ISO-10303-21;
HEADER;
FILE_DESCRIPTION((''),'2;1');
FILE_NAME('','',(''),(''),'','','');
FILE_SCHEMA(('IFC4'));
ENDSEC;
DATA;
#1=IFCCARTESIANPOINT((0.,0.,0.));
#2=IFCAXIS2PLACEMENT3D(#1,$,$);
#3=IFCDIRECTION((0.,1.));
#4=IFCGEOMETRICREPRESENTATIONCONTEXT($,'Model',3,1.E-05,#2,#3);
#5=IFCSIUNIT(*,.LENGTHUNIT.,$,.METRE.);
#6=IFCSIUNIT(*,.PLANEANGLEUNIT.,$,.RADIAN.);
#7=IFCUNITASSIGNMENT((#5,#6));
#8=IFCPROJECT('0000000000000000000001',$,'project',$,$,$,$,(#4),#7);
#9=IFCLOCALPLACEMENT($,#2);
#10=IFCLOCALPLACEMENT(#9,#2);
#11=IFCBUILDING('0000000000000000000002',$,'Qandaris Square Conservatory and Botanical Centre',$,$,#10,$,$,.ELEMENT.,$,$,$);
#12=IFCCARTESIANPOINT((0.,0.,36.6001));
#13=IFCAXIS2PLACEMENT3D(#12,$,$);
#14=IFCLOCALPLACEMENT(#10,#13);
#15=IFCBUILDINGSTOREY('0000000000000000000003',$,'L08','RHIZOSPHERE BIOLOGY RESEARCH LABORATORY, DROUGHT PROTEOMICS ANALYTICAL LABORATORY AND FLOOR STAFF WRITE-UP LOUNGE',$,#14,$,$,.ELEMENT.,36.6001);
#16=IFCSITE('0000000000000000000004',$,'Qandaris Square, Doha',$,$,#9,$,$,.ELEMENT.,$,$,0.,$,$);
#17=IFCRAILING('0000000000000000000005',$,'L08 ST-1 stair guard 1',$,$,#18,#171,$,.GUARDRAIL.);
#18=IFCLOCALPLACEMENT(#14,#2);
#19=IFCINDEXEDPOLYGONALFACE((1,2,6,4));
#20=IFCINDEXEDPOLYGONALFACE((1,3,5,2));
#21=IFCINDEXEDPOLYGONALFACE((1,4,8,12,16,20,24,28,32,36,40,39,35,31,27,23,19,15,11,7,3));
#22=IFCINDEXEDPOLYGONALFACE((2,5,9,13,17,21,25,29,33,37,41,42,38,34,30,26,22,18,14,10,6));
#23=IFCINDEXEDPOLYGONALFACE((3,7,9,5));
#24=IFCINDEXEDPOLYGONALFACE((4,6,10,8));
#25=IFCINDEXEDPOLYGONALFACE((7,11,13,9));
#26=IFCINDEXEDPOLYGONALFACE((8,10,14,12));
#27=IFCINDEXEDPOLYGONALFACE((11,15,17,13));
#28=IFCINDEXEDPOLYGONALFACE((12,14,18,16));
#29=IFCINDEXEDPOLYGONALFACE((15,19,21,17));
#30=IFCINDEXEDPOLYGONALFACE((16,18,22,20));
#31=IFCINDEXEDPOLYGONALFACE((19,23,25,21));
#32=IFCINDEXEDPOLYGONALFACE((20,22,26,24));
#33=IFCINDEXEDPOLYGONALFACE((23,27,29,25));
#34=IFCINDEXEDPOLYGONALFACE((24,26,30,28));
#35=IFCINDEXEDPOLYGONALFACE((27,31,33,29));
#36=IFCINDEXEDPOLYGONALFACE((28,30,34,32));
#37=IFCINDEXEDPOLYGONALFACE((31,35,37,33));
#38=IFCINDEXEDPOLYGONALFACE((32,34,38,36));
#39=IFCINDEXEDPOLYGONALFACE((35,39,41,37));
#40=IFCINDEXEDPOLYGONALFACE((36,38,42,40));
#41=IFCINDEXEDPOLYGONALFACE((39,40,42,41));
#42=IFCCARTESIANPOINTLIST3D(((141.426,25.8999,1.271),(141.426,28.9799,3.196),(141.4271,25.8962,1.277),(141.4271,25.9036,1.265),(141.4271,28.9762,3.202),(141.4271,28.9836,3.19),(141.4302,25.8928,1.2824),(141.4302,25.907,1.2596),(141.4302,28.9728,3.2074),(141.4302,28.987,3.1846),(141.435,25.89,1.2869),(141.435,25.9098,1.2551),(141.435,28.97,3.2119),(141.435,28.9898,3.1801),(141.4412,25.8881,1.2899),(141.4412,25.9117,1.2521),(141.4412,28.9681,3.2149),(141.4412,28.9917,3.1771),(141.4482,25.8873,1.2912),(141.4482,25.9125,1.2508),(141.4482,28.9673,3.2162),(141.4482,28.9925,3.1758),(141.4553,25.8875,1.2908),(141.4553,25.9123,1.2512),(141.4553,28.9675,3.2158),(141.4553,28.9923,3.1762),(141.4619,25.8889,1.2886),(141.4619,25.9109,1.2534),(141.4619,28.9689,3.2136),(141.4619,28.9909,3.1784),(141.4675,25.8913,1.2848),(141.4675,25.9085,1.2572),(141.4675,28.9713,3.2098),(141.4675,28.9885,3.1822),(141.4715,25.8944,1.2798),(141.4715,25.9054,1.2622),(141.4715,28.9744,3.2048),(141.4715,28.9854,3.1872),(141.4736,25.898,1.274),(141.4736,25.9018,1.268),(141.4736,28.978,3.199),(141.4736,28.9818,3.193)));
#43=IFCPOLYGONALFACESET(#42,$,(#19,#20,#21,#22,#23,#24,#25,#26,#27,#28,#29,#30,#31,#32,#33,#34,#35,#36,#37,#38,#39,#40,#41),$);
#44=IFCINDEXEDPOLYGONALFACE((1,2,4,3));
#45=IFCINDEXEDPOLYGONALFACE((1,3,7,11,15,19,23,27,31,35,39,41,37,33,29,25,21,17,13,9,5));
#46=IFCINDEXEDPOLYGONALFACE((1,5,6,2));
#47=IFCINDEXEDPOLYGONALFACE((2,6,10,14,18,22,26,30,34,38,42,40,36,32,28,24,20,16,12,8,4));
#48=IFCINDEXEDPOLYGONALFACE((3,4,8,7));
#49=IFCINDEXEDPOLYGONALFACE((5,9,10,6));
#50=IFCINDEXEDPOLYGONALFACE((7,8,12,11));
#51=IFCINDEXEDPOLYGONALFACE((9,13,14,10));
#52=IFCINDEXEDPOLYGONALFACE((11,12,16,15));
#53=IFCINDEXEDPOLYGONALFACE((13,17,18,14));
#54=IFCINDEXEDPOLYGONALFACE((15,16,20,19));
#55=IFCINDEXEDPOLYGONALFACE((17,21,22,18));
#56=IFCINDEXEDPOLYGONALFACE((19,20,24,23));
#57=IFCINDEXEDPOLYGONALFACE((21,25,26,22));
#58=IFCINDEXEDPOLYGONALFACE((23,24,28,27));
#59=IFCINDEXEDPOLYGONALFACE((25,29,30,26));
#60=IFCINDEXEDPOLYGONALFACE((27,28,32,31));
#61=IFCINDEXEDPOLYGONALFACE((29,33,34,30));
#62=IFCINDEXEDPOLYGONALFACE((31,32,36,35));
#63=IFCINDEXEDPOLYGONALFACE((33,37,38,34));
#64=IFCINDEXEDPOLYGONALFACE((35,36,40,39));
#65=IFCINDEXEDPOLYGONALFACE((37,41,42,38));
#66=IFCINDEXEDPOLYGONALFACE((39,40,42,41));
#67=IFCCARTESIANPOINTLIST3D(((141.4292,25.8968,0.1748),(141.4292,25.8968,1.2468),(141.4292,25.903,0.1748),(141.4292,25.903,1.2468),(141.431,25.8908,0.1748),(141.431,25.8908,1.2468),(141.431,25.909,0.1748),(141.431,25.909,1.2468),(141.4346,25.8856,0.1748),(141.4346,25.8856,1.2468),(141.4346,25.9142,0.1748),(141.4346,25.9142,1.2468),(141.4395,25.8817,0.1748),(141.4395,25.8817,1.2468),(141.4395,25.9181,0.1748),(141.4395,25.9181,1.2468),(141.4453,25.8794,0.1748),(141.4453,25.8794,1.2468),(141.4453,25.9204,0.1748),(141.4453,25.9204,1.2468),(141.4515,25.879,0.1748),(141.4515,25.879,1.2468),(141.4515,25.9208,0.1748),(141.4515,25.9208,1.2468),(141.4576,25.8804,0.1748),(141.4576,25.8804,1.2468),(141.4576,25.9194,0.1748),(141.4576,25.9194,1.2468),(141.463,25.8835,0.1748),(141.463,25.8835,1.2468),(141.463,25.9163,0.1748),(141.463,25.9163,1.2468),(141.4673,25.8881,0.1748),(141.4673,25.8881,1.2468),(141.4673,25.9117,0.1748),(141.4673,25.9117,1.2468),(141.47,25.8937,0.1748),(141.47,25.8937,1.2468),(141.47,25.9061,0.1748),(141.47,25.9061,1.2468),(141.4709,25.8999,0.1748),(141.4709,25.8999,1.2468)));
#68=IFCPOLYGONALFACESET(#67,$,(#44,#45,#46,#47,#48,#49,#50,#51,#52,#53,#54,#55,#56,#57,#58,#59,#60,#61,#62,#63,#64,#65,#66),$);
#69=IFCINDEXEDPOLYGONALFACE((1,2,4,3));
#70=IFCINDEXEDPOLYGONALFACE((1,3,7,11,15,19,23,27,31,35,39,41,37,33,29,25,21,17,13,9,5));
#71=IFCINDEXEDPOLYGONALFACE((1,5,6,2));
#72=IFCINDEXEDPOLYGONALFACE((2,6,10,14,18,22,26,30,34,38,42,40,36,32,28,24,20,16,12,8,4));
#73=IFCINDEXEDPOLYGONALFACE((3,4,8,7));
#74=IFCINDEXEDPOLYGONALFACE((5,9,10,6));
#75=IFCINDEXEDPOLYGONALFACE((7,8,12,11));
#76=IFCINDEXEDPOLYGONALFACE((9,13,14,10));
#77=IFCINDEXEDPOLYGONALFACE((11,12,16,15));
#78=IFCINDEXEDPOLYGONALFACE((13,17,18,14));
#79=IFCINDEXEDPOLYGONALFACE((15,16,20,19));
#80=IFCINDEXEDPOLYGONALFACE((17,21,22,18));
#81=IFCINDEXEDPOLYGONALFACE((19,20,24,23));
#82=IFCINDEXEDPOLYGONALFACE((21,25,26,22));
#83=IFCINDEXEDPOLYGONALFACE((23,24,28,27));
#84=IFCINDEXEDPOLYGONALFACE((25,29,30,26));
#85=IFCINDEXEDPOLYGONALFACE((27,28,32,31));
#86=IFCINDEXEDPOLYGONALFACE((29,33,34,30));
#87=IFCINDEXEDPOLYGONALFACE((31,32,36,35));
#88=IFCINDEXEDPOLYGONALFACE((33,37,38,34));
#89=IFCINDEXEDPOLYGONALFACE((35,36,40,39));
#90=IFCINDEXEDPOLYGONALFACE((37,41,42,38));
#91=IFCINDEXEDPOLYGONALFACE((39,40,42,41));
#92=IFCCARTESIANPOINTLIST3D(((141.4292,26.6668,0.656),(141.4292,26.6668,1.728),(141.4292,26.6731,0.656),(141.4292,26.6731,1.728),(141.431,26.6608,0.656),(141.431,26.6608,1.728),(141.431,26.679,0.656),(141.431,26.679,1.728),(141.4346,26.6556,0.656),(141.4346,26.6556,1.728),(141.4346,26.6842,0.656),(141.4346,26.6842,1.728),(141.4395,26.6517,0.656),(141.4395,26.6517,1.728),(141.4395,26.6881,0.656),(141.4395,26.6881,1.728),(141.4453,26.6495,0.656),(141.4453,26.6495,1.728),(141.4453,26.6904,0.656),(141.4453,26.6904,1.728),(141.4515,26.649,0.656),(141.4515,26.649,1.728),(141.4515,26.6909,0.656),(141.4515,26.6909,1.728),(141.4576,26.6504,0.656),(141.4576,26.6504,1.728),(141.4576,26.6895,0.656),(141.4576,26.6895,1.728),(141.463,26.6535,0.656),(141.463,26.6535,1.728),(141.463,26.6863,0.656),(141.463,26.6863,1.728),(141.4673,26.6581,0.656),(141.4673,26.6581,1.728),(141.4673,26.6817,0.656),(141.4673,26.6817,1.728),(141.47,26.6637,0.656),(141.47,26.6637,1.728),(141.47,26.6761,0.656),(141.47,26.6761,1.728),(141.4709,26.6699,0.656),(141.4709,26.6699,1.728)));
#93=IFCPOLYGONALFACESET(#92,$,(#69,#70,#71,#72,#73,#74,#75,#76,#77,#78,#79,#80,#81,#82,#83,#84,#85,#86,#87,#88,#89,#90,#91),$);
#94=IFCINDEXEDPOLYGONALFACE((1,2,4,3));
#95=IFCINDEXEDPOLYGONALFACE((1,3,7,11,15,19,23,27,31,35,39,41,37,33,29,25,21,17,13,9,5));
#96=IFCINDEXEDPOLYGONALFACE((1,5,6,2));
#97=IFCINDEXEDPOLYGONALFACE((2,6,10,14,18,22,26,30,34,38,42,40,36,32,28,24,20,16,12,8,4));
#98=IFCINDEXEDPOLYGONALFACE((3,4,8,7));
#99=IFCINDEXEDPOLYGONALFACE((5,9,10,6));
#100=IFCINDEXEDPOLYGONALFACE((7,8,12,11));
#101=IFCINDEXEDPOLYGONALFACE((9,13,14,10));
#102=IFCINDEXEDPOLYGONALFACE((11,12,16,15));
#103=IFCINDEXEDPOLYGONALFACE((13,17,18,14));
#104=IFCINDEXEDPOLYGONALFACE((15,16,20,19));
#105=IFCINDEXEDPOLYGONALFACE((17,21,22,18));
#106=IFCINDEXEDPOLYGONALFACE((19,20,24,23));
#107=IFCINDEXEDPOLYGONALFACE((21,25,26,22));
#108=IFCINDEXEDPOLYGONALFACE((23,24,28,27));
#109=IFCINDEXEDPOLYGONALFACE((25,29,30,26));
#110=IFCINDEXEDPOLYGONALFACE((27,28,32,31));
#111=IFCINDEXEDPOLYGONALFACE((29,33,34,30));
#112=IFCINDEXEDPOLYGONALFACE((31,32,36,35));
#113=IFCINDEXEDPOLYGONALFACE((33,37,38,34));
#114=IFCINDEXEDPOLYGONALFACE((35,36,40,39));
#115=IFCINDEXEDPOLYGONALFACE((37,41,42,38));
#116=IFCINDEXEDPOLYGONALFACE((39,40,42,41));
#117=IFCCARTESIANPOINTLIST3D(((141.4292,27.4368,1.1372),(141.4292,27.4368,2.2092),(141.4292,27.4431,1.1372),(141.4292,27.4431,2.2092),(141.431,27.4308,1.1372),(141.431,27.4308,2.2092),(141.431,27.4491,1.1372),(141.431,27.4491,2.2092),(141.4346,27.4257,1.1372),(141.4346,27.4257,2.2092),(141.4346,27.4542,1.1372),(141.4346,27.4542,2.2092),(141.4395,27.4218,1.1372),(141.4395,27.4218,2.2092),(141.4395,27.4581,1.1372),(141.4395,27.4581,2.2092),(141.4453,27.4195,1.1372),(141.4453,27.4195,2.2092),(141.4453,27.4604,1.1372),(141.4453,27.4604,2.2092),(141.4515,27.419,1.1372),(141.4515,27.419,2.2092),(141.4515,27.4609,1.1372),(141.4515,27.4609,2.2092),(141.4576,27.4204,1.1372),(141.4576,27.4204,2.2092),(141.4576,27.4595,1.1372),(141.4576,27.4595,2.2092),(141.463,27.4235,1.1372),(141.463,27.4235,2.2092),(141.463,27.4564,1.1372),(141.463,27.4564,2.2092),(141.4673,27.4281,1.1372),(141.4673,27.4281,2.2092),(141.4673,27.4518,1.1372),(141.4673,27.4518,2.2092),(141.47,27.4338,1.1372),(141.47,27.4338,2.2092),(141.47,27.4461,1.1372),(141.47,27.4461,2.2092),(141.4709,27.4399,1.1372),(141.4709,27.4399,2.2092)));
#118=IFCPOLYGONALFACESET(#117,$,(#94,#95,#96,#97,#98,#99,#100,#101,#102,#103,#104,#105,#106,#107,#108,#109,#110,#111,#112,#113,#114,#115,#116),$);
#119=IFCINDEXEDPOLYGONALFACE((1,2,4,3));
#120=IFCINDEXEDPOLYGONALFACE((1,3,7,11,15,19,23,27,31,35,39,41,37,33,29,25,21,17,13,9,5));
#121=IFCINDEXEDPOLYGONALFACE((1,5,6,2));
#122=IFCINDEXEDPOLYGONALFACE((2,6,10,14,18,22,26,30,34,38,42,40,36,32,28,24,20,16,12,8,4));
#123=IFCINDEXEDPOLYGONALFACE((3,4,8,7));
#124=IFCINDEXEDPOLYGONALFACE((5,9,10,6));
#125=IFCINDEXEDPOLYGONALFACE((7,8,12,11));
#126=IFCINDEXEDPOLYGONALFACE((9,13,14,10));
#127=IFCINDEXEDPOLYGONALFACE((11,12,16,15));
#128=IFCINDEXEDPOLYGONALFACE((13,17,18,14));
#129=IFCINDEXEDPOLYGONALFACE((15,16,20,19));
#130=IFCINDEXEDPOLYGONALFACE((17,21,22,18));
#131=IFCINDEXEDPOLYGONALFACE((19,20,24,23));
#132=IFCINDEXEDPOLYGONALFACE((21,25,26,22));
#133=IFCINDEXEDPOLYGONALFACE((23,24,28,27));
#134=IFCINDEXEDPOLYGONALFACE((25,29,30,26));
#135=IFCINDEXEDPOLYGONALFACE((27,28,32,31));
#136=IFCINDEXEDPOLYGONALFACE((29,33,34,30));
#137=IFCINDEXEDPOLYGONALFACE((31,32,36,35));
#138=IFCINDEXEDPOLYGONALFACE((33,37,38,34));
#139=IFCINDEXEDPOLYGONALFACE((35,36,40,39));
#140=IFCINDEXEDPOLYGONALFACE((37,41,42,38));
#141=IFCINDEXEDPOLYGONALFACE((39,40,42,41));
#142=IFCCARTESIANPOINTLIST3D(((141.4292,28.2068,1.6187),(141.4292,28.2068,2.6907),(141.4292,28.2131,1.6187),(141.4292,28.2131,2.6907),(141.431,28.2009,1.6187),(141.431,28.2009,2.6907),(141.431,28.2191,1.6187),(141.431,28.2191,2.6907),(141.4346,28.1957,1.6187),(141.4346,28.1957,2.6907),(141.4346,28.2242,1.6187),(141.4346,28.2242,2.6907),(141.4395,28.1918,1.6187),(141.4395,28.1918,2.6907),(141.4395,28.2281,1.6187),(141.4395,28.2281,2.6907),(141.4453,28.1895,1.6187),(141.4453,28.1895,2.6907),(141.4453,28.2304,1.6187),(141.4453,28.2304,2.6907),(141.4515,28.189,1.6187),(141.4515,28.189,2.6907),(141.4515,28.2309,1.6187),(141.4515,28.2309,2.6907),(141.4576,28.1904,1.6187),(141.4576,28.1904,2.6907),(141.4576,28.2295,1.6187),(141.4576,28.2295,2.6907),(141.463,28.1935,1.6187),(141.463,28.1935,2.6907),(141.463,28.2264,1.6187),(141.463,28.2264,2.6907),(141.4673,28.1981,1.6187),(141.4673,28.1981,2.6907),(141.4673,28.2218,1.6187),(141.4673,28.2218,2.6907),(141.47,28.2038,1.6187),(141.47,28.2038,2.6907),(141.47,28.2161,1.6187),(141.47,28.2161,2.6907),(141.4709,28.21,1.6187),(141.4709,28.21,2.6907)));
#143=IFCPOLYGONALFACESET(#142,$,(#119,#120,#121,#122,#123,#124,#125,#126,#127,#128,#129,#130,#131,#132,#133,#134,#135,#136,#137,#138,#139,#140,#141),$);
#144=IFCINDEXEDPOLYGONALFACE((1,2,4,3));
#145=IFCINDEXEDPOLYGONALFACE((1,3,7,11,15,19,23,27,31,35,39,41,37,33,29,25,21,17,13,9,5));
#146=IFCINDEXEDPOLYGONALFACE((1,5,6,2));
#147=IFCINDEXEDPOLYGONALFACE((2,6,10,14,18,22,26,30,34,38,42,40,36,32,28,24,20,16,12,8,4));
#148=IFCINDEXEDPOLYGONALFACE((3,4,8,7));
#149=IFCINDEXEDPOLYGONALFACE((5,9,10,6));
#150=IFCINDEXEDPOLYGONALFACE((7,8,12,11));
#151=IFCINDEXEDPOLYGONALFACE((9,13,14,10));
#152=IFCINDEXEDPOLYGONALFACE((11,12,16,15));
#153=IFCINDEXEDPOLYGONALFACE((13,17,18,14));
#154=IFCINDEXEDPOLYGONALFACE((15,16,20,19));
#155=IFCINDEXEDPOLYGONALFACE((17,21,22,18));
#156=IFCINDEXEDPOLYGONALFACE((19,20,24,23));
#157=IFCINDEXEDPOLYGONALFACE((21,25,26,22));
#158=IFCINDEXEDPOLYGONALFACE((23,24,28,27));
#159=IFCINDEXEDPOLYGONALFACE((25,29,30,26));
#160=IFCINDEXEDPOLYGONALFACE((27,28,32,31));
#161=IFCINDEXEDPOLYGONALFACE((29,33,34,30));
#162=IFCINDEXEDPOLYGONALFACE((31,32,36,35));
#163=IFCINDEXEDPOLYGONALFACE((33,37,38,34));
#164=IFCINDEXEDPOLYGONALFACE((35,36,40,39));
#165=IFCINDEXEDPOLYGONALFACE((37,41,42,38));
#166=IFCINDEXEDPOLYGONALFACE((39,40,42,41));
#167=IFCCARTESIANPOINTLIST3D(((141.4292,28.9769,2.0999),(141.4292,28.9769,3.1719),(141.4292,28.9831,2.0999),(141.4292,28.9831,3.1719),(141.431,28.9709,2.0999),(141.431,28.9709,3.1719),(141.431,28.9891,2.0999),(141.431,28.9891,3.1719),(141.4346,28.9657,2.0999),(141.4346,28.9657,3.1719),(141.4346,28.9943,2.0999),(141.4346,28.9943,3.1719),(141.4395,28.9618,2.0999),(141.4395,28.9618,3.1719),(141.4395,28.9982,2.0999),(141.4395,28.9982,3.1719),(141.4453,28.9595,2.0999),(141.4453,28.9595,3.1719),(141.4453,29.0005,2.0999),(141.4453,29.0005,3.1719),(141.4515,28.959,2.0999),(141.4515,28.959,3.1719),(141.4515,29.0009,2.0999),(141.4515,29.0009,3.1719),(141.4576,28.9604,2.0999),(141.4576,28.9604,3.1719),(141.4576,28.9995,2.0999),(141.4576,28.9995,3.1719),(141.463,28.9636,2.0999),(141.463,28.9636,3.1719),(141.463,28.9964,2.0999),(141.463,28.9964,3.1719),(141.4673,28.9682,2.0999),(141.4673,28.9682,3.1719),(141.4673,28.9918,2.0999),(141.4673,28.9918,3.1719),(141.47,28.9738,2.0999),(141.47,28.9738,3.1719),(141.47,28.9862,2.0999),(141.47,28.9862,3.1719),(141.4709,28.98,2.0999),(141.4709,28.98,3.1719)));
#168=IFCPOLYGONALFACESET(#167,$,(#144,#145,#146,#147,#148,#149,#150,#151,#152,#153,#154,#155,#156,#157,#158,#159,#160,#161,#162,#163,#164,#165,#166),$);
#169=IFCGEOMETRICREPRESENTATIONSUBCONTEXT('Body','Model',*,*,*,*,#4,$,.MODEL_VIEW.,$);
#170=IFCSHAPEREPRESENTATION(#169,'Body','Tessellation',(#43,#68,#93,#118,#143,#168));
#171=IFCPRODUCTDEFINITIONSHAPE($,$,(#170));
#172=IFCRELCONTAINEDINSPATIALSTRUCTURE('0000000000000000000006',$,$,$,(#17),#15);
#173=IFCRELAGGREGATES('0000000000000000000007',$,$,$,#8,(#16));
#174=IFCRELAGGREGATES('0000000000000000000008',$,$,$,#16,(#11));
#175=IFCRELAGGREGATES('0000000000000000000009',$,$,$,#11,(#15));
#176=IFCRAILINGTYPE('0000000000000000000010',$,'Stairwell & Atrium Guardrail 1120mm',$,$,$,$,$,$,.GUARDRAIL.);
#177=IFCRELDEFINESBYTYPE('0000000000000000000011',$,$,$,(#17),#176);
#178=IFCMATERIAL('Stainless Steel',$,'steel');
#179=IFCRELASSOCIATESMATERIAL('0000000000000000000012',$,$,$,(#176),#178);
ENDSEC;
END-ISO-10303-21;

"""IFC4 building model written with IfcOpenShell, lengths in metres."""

from ifc_helpers import new_model, si_unit, direction, frame, origin, origin_2d, place, context, subcontext, project, spatial, circle, extrude, material, type_object, element, save


model = new_model("IFC4")

# Units and contexts
model_context = context("Model", 3, precision=1e-05, world=origin(), true_north=direction((0.0, 1.0)))
body_context = subcontext(model_context, "Body", "Model", "MODEL_VIEW")
ifc_project = project(units=[si_unit("LENGTHUNIT", "METRE"), si_unit("PLANEANGLEUNIT", "RADIAN")], contexts=[model_context])

# Site, building, storey
site_placement = place(None, origin())
site = spatial("IfcSite", under=ifc_project, at=site_placement, Name="Qandaris Square, Doha", CompositionType="ELEMENT", RefElevation=0.0)
building_placement = place(site_placement, origin())
building = spatial("IfcBuilding", under=site, at=building_placement, Name="Qandaris Square Conservatory and Botanical Centre", CompositionType="ELEMENT")
storey_placement = place(building_placement, frame((0.0, 0.0, 36.6001)))
storey = spatial("IfcBuildingStorey", under=building, at=storey_placement, Name="L08", Description="RHIZOSPHERE BIOLOGY RESEARCH LABORATORY, DROUGHT PROTEOMICS ANALYTICAL LABORATORY AND FLOOR STAFF WRITE-UP LOUNGE", CompositionType="ELEMENT", Elevation=36.6001)

# Railing
ifc_material_1 = material(Name="Stainless Steel", Category="steel")
railing_type_1 = type_object("IfcRailingType", Name="Stairwell & Atrium Guardrail 1120mm", PredefinedType="GUARDRAIL", material=ifc_material_1)
railing_1_placement = place(storey_placement, frame((141.45, 25.8999, 0.1748)))
element("IfcRailing", 1, at=railing_1_placement, inside=storey, type_object=railing_type_1, Name="L08 ST-1 stair guard 1", PredefinedType="GUARDRAIL", context=body_context, shape_type="SweptSolid", body=[
    extrude(circle(Radius=0.0239, at=origin_2d()), frame((0.0, 0.0, 1.0962), z_axis=(0.0, 0.847998, 0.529999), x_axis=(-1.0, 0.0, 0.0)), (0.0, 0.0, 1.0), 3.6321),
    extrude(circle(Radius=0.021, at=origin_2d()), origin(), (0.0, 0.0, 1.0), 1.072),
    extrude(circle(Radius=0.021, at=origin_2d()), frame((0.0, 0.77, 0.4812)), (0.0, 0.0, 1.0), 1.072),
    extrude(circle(Radius=0.021, at=origin_2d()), frame((0.0, 1.54, 0.9624)), (0.0, 0.0, 1.0), 1.072),
    extrude(circle(Radius=0.021, at=origin_2d()), frame((0.0, 2.3101, 1.4438)), (0.0, 0.0, 1.0), 1.072),
    extrude(circle(Radius=0.021, at=origin_2d()), frame((0.0, 3.0801, 1.925)), (0.0, 0.0, 1.0), 1.072),
])

save(model, "model.ifc")
